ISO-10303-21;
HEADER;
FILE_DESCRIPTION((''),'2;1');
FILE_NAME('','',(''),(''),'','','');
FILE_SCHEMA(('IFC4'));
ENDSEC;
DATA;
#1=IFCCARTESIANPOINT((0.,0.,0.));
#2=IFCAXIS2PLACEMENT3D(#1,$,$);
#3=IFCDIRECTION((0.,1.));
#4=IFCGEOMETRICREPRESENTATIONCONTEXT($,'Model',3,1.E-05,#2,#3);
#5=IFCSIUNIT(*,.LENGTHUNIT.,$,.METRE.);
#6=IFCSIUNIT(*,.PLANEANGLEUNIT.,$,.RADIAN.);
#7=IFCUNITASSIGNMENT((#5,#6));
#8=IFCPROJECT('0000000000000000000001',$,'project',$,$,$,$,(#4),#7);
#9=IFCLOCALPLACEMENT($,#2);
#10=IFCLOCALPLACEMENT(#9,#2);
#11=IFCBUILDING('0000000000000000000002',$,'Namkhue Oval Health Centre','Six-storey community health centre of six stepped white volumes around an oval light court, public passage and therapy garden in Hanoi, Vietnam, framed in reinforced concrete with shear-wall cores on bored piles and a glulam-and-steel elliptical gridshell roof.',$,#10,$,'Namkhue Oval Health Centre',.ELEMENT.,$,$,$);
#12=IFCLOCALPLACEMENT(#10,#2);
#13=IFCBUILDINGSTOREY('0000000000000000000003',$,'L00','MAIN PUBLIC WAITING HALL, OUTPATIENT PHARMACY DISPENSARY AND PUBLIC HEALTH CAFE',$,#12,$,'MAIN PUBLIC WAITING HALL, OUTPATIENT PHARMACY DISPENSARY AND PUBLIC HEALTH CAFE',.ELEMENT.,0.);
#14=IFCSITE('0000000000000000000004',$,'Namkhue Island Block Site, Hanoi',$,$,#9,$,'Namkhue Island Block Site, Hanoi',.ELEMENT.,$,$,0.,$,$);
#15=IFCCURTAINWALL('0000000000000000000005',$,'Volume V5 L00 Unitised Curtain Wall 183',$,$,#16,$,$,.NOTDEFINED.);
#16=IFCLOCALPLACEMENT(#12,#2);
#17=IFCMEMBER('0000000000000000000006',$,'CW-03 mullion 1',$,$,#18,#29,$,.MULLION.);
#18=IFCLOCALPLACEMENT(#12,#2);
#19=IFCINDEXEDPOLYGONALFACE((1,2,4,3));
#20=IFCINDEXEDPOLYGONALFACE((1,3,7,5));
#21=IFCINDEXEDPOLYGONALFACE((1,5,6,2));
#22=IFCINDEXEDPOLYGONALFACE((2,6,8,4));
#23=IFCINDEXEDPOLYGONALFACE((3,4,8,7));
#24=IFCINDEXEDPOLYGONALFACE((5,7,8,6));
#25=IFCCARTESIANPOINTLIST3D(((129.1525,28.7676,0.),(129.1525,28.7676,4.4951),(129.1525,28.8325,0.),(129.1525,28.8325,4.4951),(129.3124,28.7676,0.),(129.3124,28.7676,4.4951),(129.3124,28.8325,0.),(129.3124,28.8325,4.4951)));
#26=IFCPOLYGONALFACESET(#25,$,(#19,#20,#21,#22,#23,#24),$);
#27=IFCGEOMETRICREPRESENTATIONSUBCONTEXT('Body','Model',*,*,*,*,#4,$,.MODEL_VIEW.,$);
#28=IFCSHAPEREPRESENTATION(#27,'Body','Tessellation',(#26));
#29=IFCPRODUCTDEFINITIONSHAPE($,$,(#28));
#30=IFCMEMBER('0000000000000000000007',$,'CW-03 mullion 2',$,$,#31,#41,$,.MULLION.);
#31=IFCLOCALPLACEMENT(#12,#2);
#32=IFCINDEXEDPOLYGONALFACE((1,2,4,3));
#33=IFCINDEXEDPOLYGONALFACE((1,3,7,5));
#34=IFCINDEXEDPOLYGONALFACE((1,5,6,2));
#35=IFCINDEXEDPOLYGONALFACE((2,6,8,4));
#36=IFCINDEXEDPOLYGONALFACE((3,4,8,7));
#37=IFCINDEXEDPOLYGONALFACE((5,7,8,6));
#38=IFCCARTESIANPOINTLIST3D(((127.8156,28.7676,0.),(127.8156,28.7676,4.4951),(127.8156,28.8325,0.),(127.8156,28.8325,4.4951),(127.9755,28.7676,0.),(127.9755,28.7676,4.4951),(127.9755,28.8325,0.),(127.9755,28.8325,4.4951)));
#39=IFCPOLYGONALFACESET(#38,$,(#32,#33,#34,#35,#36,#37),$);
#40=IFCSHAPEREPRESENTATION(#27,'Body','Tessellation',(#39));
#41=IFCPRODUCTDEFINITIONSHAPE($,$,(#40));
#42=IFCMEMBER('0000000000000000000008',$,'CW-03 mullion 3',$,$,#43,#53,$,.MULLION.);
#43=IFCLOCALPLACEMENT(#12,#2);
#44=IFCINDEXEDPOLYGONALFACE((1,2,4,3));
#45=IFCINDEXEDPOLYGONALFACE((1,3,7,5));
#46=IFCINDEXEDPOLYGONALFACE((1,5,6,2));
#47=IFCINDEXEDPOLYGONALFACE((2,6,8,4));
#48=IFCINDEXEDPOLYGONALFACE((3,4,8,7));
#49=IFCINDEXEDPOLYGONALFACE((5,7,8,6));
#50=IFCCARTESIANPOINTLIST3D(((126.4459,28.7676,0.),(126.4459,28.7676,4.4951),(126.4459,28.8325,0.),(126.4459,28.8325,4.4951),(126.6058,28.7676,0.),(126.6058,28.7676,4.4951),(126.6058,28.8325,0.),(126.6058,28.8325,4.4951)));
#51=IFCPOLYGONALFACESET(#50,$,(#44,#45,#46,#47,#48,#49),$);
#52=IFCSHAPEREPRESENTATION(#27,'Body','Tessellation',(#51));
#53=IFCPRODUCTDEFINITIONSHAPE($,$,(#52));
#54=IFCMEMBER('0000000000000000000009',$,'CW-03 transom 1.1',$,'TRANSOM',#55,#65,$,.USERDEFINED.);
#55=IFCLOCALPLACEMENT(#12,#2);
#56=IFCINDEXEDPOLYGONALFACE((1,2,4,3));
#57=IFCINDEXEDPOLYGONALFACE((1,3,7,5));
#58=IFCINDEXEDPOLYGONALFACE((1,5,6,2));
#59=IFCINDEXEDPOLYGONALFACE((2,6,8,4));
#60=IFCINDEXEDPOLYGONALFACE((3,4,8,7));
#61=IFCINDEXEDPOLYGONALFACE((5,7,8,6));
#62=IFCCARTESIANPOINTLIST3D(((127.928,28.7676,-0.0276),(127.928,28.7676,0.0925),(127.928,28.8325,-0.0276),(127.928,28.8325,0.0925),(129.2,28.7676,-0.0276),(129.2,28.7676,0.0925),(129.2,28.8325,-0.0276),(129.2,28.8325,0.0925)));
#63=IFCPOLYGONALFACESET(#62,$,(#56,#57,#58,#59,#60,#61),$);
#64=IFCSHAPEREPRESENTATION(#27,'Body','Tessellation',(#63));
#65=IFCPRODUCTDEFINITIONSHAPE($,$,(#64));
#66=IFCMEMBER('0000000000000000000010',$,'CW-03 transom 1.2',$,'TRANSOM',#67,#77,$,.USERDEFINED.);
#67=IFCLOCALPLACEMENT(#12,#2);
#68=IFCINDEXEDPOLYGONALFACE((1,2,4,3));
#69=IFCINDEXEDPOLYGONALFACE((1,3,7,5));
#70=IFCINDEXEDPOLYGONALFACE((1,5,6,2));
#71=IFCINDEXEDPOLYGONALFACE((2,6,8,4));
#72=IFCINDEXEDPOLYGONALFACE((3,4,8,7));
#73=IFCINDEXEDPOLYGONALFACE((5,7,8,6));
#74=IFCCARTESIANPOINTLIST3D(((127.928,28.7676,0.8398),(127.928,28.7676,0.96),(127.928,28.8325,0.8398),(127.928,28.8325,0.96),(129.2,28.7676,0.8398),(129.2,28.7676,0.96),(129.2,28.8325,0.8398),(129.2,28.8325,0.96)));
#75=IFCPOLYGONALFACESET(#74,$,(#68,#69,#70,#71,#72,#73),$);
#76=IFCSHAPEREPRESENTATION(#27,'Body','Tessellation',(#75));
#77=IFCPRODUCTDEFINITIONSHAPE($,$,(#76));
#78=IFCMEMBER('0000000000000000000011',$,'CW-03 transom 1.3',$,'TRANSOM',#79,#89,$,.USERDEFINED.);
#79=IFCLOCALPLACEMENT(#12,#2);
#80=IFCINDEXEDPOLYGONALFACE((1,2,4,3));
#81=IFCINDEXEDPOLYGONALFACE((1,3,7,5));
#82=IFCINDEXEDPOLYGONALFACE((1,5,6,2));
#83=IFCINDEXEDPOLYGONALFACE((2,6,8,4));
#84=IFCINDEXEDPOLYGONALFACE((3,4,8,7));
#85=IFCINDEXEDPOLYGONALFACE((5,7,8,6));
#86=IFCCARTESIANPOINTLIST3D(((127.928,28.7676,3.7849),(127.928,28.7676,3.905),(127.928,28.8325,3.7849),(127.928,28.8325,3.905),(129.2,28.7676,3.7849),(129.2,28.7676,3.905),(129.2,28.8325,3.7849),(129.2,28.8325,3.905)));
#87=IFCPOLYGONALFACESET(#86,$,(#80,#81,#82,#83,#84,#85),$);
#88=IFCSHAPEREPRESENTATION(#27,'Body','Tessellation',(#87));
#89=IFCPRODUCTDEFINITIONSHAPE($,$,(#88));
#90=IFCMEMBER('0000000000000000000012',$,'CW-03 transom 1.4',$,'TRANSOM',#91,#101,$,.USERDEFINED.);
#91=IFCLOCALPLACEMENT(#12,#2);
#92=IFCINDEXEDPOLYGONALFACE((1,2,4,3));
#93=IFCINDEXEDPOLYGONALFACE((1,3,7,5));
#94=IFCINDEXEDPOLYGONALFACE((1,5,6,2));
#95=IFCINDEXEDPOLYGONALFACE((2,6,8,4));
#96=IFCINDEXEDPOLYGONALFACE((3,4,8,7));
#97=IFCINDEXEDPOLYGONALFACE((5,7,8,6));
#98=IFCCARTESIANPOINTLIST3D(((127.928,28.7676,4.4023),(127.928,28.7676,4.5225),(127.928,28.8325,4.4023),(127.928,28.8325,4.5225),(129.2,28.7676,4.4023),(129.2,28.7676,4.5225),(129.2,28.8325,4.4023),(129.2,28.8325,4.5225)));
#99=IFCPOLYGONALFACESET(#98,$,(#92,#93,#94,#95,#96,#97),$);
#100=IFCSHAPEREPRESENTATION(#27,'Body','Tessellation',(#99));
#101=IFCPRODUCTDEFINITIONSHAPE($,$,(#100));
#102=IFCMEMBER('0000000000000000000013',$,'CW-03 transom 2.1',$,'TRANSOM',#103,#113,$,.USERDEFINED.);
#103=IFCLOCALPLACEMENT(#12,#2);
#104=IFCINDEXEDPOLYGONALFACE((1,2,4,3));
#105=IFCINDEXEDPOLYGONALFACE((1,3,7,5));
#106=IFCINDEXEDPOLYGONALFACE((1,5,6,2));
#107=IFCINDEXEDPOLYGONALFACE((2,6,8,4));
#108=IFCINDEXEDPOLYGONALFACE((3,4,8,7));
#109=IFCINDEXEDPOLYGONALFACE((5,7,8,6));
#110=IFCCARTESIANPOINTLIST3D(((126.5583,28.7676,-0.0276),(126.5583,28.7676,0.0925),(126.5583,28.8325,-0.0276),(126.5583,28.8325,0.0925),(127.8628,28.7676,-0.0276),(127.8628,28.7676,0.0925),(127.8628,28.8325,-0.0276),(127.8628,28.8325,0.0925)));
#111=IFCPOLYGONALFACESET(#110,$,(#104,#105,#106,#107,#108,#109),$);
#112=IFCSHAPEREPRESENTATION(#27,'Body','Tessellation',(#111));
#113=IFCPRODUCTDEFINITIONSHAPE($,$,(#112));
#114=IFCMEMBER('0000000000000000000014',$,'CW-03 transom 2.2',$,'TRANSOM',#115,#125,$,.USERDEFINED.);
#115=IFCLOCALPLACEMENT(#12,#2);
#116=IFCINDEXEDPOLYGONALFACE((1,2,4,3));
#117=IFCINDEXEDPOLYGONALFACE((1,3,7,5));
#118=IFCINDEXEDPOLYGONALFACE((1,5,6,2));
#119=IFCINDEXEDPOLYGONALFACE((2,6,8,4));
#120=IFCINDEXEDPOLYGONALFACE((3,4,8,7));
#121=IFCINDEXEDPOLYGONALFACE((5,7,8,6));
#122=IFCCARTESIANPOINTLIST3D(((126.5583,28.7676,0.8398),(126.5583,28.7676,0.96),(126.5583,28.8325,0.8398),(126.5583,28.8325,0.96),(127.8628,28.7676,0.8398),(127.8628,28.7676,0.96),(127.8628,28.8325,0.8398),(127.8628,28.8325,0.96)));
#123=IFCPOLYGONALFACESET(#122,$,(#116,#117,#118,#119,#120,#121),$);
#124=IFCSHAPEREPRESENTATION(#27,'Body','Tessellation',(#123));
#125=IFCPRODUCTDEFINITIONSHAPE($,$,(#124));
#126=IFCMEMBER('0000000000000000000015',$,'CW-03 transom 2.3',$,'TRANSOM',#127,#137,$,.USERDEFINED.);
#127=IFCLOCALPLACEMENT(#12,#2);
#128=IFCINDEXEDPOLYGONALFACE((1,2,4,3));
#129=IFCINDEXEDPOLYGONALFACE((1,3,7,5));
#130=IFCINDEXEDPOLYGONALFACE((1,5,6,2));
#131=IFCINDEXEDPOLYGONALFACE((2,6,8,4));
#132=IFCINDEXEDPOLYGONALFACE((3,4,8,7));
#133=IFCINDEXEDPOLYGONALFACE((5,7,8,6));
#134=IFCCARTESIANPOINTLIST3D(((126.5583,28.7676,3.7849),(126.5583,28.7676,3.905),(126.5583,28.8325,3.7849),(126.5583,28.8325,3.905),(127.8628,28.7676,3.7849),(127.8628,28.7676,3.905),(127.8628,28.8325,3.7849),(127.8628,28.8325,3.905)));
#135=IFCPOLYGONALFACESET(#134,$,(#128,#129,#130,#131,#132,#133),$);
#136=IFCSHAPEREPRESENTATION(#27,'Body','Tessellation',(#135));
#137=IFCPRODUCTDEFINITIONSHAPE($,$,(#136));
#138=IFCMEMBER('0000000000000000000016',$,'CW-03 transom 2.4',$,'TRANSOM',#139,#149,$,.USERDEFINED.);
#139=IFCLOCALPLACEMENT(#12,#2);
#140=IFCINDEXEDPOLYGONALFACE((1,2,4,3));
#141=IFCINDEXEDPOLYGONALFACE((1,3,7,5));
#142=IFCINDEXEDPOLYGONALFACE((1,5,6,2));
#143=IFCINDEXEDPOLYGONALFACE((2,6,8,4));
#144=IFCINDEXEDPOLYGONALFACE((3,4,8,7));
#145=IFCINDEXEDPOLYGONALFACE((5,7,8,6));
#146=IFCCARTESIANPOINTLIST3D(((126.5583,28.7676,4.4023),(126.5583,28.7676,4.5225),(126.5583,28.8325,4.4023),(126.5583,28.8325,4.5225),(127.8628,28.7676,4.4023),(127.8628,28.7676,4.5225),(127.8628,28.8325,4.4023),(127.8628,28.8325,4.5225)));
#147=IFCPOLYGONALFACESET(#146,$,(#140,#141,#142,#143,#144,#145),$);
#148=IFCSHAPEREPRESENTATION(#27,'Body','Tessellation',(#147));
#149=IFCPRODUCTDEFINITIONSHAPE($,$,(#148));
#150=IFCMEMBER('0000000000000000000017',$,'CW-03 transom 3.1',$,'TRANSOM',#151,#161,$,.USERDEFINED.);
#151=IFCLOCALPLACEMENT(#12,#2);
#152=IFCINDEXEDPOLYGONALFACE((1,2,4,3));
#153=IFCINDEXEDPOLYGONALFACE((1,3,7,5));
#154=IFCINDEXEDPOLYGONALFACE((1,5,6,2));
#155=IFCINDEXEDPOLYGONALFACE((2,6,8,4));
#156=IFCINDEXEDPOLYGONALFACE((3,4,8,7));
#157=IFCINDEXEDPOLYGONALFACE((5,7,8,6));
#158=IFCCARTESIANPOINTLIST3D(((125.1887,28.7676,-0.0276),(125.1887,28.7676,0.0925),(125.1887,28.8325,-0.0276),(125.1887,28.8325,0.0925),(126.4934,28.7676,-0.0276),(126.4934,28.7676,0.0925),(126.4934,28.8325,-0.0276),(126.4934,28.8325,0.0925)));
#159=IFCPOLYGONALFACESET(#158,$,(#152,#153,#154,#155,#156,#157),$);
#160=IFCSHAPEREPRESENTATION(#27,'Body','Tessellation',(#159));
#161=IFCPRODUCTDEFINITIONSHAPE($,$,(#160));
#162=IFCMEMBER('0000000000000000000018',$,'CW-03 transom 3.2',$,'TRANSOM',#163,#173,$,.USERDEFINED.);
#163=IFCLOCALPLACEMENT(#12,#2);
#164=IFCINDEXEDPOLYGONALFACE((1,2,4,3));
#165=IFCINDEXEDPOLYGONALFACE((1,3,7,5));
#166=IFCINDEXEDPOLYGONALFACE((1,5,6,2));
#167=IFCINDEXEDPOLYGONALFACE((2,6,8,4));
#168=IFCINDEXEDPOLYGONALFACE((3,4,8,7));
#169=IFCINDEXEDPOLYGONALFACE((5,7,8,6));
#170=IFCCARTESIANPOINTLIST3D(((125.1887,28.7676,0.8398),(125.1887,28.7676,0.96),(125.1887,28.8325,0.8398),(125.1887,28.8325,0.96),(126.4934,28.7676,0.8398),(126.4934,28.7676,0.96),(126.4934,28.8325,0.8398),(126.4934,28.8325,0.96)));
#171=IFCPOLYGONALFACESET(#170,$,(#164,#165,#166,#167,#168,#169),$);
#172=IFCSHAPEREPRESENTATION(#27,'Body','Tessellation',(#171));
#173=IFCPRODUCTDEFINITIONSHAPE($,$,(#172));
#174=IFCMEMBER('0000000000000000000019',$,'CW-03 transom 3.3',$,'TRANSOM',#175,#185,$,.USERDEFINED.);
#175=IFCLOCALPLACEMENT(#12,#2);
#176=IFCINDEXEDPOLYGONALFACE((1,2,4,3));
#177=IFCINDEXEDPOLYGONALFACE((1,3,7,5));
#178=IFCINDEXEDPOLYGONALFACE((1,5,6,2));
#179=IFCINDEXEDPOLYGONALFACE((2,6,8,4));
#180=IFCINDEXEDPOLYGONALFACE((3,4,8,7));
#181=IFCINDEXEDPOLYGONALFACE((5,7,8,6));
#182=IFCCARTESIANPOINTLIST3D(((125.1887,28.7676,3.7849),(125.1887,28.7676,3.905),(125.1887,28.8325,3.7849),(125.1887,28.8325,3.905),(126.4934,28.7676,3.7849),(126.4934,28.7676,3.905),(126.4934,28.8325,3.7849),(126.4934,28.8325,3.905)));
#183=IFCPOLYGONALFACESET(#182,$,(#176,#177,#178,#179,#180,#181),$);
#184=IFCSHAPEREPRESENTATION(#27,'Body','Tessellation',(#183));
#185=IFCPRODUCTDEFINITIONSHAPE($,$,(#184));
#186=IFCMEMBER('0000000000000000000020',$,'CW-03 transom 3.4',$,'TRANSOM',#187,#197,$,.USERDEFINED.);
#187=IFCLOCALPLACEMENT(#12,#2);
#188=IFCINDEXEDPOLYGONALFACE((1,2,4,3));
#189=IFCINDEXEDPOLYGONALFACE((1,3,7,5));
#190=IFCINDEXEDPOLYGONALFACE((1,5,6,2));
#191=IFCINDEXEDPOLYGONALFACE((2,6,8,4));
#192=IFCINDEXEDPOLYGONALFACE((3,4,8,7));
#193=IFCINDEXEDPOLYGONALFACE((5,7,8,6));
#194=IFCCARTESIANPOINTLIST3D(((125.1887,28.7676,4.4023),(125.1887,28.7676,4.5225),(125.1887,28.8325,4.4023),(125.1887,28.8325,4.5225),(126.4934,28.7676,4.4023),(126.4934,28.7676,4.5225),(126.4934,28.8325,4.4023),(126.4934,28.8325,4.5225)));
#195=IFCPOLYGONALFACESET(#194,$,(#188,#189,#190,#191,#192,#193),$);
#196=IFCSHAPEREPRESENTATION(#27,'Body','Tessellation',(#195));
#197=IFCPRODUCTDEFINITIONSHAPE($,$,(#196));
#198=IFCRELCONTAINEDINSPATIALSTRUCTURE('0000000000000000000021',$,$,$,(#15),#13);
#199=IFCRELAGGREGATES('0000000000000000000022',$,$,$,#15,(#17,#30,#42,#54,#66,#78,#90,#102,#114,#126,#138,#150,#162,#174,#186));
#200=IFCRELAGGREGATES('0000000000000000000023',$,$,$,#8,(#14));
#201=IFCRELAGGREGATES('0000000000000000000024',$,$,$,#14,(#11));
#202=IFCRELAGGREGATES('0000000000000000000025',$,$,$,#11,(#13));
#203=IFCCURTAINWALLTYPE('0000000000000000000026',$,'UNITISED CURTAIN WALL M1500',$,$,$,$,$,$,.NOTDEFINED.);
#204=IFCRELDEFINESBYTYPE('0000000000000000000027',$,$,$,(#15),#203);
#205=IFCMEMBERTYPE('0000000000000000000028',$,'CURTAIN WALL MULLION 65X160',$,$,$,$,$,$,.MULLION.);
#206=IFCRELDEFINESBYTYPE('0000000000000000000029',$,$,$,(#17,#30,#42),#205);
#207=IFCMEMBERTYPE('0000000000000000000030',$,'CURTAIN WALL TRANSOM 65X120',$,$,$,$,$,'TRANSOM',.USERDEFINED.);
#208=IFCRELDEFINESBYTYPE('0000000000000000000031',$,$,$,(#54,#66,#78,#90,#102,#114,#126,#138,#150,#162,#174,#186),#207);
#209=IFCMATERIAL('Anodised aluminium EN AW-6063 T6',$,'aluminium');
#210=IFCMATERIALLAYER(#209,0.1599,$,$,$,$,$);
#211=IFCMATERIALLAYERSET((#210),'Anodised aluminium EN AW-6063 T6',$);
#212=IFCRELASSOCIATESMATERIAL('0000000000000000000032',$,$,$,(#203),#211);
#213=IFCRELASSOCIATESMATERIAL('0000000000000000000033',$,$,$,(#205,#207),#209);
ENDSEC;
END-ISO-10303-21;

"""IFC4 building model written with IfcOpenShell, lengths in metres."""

from ifc_helpers import new_model, si_unit, direction, frame, origin, origin_2d, place, context, subcontext, project, spatial, rectangle, extrude, material, layer, layer_set, material_profile, profile_set, type_object, element, aggregate, save


model = new_model("IFC4")

# Units and contexts
model_context = context("Model", 3, precision=1e-05, world=origin(), true_north=direction((0.0, 1.0)))
body_context = subcontext(model_context, "Body", "Model", "MODEL_VIEW")
ifc_project = project(units=[si_unit("LENGTHUNIT", "METRE"), si_unit("PLANEANGLEUNIT", "RADIAN")], contexts=[model_context])

# Site, building, storey
site_placement = place(None, origin())
site = spatial("IfcSite", under=ifc_project, at=site_placement, Name="Namkhue Island Block Site, Hanoi", LongName="Namkhue Island Block Site, Hanoi", CompositionType="ELEMENT", RefElevation=0.0)
building_placement = place(site_placement, origin())
building = spatial("IfcBuilding", under=site, at=building_placement, Name="Namkhue Oval Health Centre", Description="Six-storey community health centre of six stepped white volumes around an oval light court, public passage and therapy garden in Hanoi, Vietnam, framed in reinforced concrete with shear-wall cores on bored piles and a glulam-and-steel elliptical gridshell roof.", LongName="Namkhue Oval Health Centre", CompositionType="ELEMENT")
storey_placement = place(building_placement, origin())
storey = spatial("IfcBuildingStorey", under=building, at=storey_placement, Name="L00", Description="MAIN PUBLIC WAITING HALL, OUTPATIENT PHARMACY DISPENSARY AND PUBLIC HEALTH CAFE", LongName="MAIN PUBLIC WAITING HALL, OUTPATIENT PHARMACY DISPENSARY AND PUBLIC HEALTH CAFE", CompositionType="ELEMENT", Elevation=0.0)

# Curtain wall, members
ifc_material_1 = material(Name="Anodised aluminium EN AW-6063 T6", Category="aluminium")
ifc_layer_1 = layer(ifc_material_1, 0.1599)
ifc_layer_set_1 = layer_set([ifc_layer_1], Name="Anodised aluminium EN AW-6063 T6")
curtain_wall_type = type_object("IfcCurtainWallType", Name="UNITISED CURTAIN WALL M1500", PredefinedType="NOTDEFINED", material=ifc_layer_set_1)
curtain_wall_placement = place(storey_placement, origin())
curtain_wall = element("IfcCurtainWall", 1, at=curtain_wall_placement, inside=storey, type_object=curtain_wall_type, Name="Volume V5 L00 Unitised Curtain Wall 183", PredefinedType="NOTDEFINED")
ifc_material_profile_1 = material_profile(ifc_material_1, rectangle(XDim=0.0649, YDim=0.1599, at=origin_2d()), Name="ALU 65x160")
ifc_profile_set_1 = profile_set([ifc_material_profile_1], Name="Anodised aluminium EN AW-6063 T6")
member_type_1 = type_object("IfcMemberType", Name="CURTAIN WALL MULLION 65X160", PredefinedType="MULLION", material=ifc_profile_set_1)
member_1_placement = place(storey_placement, frame((129.2324, 28.8, 0.0), z_axis=(0.0, 0.0, 1.0), x_axis=(0.0, -1.0, 0.0)))
member_1 = element("IfcMember", 2, at=member_1_placement, type_object=member_type_1, Name="CW-03 mullion 1", PredefinedType="MULLION", context=body_context, shape_type="SweptSolid", body=[
    extrude(rectangle(XDim=0.0649, YDim=0.1599, at=origin_2d()), origin(), (0.0, 0.0, 1.0), 4.4951),
])
member_2_placement = place(storey_placement, frame((127.8955, 28.8, 0.0), z_axis=(0.0, 0.0, 1.0), x_axis=(0.0, -1.0, 0.0)))
member_2 = element("IfcMember", 3, at=member_2_placement, type_object=member_type_1, Name="CW-03 mullion 2", PredefinedType="MULLION", context=body_context, shape_type="SweptSolid", body=[
    extrude(rectangle(XDim=0.0649, YDim=0.1599, at=origin_2d()), origin(), (0.0, 0.0, 1.0), 4.4951),
])
member_3_placement = place(storey_placement, frame((126.5259, 28.8, 0.0), z_axis=(0.0, 0.0, 1.0), x_axis=(0.0, -1.0, 0.0)))
member_3 = element("IfcMember", 4, at=member_3_placement, type_object=member_type_1, Name="CW-03 mullion 3", PredefinedType="MULLION", context=body_context, shape_type="SweptSolid", body=[
    extrude(rectangle(XDim=0.0649, YDim=0.1599, at=origin_2d()), origin(), (0.0, 0.0, 1.0), 4.4951),
])
ifc_material_profile_2 = material_profile(ifc_material_1, rectangle(XDim=0.0649, YDim=0.1201, at=origin_2d()), Name="ALU 65x120")
ifc_profile_set_2 = profile_set([ifc_material_profile_2], Name="Anodised aluminium EN AW-6063 T6")
member_type_2 = type_object("IfcMemberType", Name="CURTAIN WALL TRANSOM 65X120", ElementType="TRANSOM", PredefinedType="USERDEFINED", material=ifc_profile_set_2)
member_4_placement = place(storey_placement, frame((129.2, 28.8, 0.0325), z_axis=(-1.0, 0.0, 0.0), x_axis=(0.0, -1.0, 0.0)))
member_4 = element("IfcMember", 5, at=member_4_placement, type_object=member_type_2, Name="CW-03 transom 1.1", ObjectType="TRANSOM", PredefinedType="USERDEFINED", context=body_context, shape_type="SweptSolid", body=[
    extrude(rectangle(XDim=0.0649, YDim=0.1201, at=origin_2d()), origin(), (0.0, 0.0, 1.0), 1.272),
])
member_5_placement = place(storey_placement, frame((129.2, 28.8, 0.8999), z_axis=(-1.0, 0.0, 0.0), x_axis=(0.0, -1.0, 0.0)))
member_5 = element("IfcMember", 6, at=member_5_placement, type_object=member_type_2, Name="CW-03 transom 1.2", ObjectType="TRANSOM", PredefinedType="USERDEFINED", context=body_context, shape_type="SweptSolid", body=[
    extrude(rectangle(XDim=0.0649, YDim=0.1201, at=origin_2d()), origin(), (0.0, 0.0, 1.0), 1.272),
])
member_6_placement = place(storey_placement, frame((129.2, 28.8, 3.845), z_axis=(-1.0, 0.0, 0.0), x_axis=(0.0, -1.0, 0.0)))
member_6 = element("IfcMember", 7, at=member_6_placement, type_object=member_type_2, Name="CW-03 transom 1.3", ObjectType="TRANSOM", PredefinedType="USERDEFINED", context=body_context, shape_type="SweptSolid", body=[
    extrude(rectangle(XDim=0.0649, YDim=0.1201, at=origin_2d()), origin(), (0.0, 0.0, 1.0), 1.272),
])
member_7_placement = place(storey_placement, frame((129.2, 28.8, 4.4624), z_axis=(-1.0, 0.0, 0.0), x_axis=(0.0, -1.0, 0.0)))
member_7 = element("IfcMember", 8, at=member_7_placement, type_object=member_type_2, Name="CW-03 transom 1.4", ObjectType="TRANSOM", PredefinedType="USERDEFINED", context=body_context, shape_type="SweptSolid", body=[
    extrude(rectangle(XDim=0.0649, YDim=0.1201, at=origin_2d()), origin(), (0.0, 0.0, 1.0), 1.272),
])
member_8_placement = place(storey_placement, frame((127.8628, 28.8, 0.0325), z_axis=(-1.0, 0.0, 0.0), x_axis=(0.0, -1.0, 0.0)))
member_8 = element("IfcMember", 9, at=member_8_placement, type_object=member_type_2, Name="CW-03 transom 2.1", ObjectType="TRANSOM", PredefinedType="USERDEFINED", context=body_context, shape_type="SweptSolid", body=[
    extrude(rectangle(XDim=0.0649, YDim=0.1201, at=origin_2d()), origin(), (0.0, 0.0, 1.0), 1.3044),
])
member_9_placement = place(storey_placement, frame((127.8628, 28.8, 0.8999), z_axis=(-1.0, 0.0, 0.0), x_axis=(0.0, -1.0, 0.0)))
member_9 = element("IfcMember", 10, at=member_9_placement, type_object=member_type_2, Name="CW-03 transom 2.2", ObjectType="TRANSOM", PredefinedType="USERDEFINED", context=body_context, shape_type="SweptSolid", body=[
    extrude(rectangle(XDim=0.0649, YDim=0.1201, at=origin_2d()), origin(), (0.0, 0.0, 1.0), 1.3044),
])
member_10_placement = place(storey_placement, frame((127.8628, 28.8, 3.845), z_axis=(-1.0, 0.0, 0.0), x_axis=(0.0, -1.0, 0.0)))
member_10 = element("IfcMember", 11, at=member_10_placement, type_object=member_type_2, Name="CW-03 transom 2.3", ObjectType="TRANSOM", PredefinedType="USERDEFINED", context=body_context, shape_type="SweptSolid", body=[
    extrude(rectangle(XDim=0.0649, YDim=0.1201, at=origin_2d()), origin(), (0.0, 0.0, 1.0), 1.3044),
])
member_11_placement = place(storey_placement, frame((127.8628, 28.8, 4.4624), z_axis=(-1.0, 0.0, 0.0), x_axis=(0.0, -1.0, 0.0)))
member_11 = element("IfcMember", 12, at=member_11_placement, type_object=member_type_2, Name="CW-03 transom 2.4", ObjectType="TRANSOM", PredefinedType="USERDEFINED", context=body_context, shape_type="SweptSolid", body=[
    extrude(rectangle(XDim=0.0649, YDim=0.1201, at=origin_2d()), origin(), (0.0, 0.0, 1.0), 1.3044),
])
member_12_placement = place(storey_placement, frame((126.4934, 28.8, 0.0325), z_axis=(-1.0, 0.0, 0.0), x_axis=(0.0, -1.0, 0.0)))
member_12 = element("IfcMember", 13, at=member_12_placement, type_object=member_type_2, Name="CW-03 transom 3.1", ObjectType="TRANSOM", PredefinedType="USERDEFINED", context=body_context, shape_type="SweptSolid", body=[
    extrude(rectangle(XDim=0.0649, YDim=0.1201, at=origin_2d()), origin(), (0.0, 0.0, 1.0), 1.3047),
])
member_13_placement = place(storey_placement, frame((126.4934, 28.8, 0.8999), z_axis=(-1.0, 0.0, 0.0), x_axis=(0.0, -1.0, 0.0)))
member_13 = element("IfcMember", 14, at=member_13_placement, type_object=member_type_2, Name="CW-03 transom 3.2", ObjectType="TRANSOM", PredefinedType="USERDEFINED", context=body_context, shape_type="SweptSolid", body=[
    extrude(rectangle(XDim=0.0649, YDim=0.1201, at=origin_2d()), origin(), (0.0, 0.0, 1.0), 1.3047),
])
member_14_placement = place(storey_placement, frame((126.4934, 28.8, 3.845), z_axis=(-1.0, 0.0, 0.0), x_axis=(0.0, -1.0, 0.0)))
member_14 = element("IfcMember", 15, at=member_14_placement, type_object=member_type_2, Name="CW-03 transom 3.3", ObjectType="TRANSOM", PredefinedType="USERDEFINED", context=body_context, shape_type="SweptSolid", body=[
    extrude(rectangle(XDim=0.0649, YDim=0.1201, at=origin_2d()), origin(), (0.0, 0.0, 1.0), 1.3047),
])
member_15_placement = place(storey_placement, frame((126.4934, 28.8, 4.4624), z_axis=(-1.0, 0.0, 0.0), x_axis=(0.0, -1.0, 0.0)))
member_15 = element("IfcMember", 16, at=member_15_placement, type_object=member_type_2, Name="CW-03 transom 3.4", ObjectType="TRANSOM", PredefinedType="USERDEFINED", context=body_context, shape_type="SweptSolid", body=[
    extrude(rectangle(XDim=0.0649, YDim=0.1201, at=origin_2d()), origin(), (0.0, 0.0, 1.0), 1.3047),
])

aggregate(curtain_wall, [member_1, member_2, member_3, member_4, member_5, member_6, member_7, member_8, member_9, member_10, member_11, member_12, member_13, member_14, member_15])

save(model, "model.ifc")
